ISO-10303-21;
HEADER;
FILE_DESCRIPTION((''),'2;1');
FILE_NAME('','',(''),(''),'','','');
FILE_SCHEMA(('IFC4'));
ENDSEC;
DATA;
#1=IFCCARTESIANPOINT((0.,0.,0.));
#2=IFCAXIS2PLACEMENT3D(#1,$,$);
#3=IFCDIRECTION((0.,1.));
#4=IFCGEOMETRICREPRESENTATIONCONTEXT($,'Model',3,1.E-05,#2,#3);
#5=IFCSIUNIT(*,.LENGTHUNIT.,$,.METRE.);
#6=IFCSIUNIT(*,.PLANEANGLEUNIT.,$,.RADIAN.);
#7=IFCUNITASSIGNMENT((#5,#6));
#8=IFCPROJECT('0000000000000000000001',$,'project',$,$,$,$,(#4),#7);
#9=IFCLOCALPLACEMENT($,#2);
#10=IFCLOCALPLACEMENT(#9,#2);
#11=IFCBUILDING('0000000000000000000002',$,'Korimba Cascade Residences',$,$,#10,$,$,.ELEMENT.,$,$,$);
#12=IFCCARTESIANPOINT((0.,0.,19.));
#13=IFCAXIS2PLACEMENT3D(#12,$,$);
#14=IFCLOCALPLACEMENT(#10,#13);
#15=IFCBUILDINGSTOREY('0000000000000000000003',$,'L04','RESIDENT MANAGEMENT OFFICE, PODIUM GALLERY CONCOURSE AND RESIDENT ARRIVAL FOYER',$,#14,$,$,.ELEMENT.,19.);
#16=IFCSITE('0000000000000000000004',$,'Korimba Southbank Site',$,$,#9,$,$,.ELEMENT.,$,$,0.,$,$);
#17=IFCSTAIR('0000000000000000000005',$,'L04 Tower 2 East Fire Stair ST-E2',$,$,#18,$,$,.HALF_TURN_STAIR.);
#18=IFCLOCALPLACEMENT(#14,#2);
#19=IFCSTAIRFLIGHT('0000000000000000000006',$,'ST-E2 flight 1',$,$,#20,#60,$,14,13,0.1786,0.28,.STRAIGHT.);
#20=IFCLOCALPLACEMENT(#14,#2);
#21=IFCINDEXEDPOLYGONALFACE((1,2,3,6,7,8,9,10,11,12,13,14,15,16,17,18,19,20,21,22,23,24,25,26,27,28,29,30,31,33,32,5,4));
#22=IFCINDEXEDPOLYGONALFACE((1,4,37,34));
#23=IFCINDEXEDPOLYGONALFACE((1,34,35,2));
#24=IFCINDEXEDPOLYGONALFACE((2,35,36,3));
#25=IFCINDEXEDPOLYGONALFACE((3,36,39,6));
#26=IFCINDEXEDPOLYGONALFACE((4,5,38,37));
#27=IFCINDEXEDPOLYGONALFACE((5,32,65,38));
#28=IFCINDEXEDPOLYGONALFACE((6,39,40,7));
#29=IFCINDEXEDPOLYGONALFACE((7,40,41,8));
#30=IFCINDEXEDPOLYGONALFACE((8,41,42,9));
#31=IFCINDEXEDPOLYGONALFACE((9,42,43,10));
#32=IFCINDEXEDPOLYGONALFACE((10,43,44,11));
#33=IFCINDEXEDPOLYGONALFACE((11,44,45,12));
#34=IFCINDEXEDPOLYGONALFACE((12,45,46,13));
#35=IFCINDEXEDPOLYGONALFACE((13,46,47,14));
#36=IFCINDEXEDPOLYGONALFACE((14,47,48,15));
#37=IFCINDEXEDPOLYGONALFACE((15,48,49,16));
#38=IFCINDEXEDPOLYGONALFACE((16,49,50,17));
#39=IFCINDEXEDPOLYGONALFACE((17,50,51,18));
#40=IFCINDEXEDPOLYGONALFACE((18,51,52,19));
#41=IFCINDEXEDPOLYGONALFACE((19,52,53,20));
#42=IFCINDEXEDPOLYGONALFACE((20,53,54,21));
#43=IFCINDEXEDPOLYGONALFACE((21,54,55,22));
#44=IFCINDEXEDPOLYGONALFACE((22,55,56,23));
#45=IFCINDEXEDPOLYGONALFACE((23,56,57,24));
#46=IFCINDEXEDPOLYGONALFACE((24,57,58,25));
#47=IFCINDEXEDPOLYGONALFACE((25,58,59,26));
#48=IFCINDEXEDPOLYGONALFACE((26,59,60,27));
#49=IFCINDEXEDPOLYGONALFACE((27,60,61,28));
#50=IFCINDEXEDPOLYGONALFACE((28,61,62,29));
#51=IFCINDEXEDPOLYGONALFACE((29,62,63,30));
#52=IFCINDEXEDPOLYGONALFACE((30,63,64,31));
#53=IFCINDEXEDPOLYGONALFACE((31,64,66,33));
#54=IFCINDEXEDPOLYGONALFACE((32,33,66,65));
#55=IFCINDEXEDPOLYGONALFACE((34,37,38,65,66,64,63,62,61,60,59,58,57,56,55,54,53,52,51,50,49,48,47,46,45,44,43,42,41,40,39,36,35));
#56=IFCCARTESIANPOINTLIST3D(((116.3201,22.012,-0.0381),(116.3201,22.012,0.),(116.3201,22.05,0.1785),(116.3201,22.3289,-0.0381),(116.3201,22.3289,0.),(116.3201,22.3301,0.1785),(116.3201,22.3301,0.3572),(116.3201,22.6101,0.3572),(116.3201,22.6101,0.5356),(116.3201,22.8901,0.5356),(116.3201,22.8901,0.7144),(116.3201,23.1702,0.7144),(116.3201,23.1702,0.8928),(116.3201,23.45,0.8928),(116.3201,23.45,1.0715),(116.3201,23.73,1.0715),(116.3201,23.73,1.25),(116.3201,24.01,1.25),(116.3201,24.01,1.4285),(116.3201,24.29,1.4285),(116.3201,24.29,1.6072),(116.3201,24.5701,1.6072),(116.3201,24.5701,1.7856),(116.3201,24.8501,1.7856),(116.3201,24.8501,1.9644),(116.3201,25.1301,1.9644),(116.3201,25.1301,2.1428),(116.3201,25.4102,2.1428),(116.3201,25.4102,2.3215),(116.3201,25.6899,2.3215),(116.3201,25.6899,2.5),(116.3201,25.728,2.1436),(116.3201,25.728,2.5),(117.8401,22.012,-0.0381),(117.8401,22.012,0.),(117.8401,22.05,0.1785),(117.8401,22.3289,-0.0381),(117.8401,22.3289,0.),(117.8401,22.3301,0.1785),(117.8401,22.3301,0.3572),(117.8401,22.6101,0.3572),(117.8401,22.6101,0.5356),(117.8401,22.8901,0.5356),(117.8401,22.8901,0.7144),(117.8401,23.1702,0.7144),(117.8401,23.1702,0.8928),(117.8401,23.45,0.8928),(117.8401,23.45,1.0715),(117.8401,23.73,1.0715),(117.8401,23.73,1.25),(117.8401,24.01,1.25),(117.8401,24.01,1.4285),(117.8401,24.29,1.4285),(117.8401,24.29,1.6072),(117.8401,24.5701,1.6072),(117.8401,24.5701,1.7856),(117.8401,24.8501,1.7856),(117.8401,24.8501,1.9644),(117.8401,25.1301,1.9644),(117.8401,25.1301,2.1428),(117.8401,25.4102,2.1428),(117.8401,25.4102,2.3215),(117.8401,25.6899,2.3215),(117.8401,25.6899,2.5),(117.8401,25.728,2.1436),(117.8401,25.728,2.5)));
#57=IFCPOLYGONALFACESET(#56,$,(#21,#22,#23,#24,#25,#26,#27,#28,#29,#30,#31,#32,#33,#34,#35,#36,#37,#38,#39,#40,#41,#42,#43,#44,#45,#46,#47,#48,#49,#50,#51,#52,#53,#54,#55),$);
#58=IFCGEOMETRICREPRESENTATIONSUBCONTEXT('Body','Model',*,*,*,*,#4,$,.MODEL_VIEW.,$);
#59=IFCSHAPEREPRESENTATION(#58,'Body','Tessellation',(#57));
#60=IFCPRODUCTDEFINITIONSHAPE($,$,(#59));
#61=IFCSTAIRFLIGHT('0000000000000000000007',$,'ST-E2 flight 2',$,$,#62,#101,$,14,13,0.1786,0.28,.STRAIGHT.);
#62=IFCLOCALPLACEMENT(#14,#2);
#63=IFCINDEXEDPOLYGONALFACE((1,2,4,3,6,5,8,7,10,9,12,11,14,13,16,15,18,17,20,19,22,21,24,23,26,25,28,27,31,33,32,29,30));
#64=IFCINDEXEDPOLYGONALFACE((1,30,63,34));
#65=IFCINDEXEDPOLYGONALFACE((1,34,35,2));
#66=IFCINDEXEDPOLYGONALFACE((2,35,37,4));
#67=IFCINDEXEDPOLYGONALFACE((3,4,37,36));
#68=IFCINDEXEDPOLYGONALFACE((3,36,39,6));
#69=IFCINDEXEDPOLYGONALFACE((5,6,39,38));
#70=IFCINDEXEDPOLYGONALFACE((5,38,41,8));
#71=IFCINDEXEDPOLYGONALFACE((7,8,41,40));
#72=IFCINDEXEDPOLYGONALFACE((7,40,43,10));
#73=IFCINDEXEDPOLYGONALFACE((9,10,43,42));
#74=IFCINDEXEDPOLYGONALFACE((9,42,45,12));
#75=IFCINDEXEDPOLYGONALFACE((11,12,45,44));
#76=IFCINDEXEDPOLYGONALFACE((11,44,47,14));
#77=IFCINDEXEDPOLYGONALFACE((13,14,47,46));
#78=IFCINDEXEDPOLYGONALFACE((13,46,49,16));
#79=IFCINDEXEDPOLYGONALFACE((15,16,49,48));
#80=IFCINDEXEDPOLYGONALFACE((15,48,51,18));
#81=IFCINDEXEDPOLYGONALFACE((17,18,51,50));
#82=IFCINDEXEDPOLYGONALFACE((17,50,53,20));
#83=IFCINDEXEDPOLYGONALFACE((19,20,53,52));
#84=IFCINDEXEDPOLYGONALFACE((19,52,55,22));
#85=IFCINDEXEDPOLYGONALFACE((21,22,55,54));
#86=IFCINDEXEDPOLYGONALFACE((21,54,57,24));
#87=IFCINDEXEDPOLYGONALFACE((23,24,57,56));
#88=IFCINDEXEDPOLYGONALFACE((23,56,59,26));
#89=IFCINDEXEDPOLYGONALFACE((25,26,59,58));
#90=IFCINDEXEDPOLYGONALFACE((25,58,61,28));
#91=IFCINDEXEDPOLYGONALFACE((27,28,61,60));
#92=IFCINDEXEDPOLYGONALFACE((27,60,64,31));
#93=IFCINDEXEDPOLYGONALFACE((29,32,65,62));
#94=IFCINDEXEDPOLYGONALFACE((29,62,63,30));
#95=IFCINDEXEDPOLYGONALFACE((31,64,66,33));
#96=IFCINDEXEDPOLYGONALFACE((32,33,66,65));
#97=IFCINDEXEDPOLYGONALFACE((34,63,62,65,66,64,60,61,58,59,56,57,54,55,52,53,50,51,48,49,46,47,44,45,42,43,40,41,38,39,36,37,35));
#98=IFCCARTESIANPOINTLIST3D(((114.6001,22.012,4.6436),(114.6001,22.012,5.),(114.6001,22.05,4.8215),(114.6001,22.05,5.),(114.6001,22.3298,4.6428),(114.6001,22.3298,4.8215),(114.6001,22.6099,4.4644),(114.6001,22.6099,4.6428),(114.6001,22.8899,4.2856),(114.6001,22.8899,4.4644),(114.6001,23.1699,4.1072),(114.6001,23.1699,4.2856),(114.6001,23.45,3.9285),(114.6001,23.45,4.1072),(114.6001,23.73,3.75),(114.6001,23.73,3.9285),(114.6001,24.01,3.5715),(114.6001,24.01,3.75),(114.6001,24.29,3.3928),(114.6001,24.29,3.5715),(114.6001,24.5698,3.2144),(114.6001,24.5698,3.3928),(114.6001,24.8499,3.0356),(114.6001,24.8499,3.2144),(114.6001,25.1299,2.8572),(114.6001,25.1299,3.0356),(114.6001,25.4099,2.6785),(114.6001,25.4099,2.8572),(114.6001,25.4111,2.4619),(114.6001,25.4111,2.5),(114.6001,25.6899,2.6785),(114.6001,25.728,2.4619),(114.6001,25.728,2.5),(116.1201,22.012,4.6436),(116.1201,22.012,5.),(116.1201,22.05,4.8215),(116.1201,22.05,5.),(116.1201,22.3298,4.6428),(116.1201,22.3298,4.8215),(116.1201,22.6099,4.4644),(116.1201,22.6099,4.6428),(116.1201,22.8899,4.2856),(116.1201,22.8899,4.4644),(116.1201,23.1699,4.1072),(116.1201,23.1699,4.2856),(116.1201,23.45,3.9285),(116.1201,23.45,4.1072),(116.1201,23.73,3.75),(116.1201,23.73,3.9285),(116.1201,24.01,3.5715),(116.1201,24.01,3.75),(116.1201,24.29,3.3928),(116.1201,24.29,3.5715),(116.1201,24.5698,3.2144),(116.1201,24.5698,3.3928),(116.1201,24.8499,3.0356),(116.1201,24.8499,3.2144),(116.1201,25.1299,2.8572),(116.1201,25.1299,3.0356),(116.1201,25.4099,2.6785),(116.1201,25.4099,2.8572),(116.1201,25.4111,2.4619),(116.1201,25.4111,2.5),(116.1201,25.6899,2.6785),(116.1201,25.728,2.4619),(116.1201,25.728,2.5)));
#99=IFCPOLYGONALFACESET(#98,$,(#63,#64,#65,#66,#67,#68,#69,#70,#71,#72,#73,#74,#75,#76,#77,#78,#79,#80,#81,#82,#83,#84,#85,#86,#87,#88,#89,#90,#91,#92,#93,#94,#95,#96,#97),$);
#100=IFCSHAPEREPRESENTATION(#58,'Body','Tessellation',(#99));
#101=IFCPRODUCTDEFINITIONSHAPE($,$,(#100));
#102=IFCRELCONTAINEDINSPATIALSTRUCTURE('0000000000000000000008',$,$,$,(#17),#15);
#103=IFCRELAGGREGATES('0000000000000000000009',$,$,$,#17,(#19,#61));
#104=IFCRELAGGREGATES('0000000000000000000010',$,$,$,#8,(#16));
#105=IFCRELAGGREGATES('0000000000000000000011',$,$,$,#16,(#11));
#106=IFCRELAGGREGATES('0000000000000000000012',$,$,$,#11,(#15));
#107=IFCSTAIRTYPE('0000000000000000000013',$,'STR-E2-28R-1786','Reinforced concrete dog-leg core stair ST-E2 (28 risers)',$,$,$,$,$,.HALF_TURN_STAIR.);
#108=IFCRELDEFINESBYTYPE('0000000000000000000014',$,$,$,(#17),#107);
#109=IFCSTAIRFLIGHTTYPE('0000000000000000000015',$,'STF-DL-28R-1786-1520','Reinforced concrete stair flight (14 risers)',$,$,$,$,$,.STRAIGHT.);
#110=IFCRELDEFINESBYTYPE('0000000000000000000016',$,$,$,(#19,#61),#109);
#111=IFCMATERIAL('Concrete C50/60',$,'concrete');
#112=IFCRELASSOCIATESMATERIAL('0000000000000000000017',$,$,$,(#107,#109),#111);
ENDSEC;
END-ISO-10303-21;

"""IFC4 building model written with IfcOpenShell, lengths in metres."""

from ifc_helpers import new_model, si_unit, direction, frame, origin, place, context, subcontext, project, spatial, polyline, outline, extrude, material, type_object, element, aggregate, save


model = new_model("IFC4")

# Units and contexts
model_context = context("Model", 3, precision=1e-05, world=origin(), true_north=direction((0.0, 1.0)))
body_context = subcontext(model_context, "Body", "Model", "MODEL_VIEW")
ifc_project = project(units=[si_unit("LENGTHUNIT", "METRE"), si_unit("PLANEANGLEUNIT", "RADIAN")], contexts=[model_context])

# Site, building, storey
site_placement = place(None, origin())
site = spatial("IfcSite", under=ifc_project, at=site_placement, Name="Korimba Southbank Site", CompositionType="ELEMENT", RefElevation=0.0)
building_placement = place(site_placement, origin())
building = spatial("IfcBuilding", under=site, at=building_placement, Name="Korimba Cascade Residences", CompositionType="ELEMENT")
storey_placement = place(building_placement, frame((0.0, 0.0, 19.0)))
storey = spatial("IfcBuildingStorey", under=building, at=storey_placement, Name="L04", Description="RESIDENT MANAGEMENT OFFICE, PODIUM GALLERY CONCOURSE AND RESIDENT ARRIVAL FOYER", CompositionType="ELEMENT", Elevation=19.0)

# Shared definitions
ifc_material_1 = material(Name="Concrete C50/60", Category="concrete")

# Stair, stair flights
stair_type = type_object("IfcStairType", Name="STR-E2-28R-1786", Description="Reinforced concrete dog-leg core stair ST-E2 (28 risers)", PredefinedType="HALF_TURN_STAIR", material=ifc_material_1)
stair_placement = place(storey_placement, origin())
stair = element("IfcStair", 1, at=stair_placement, inside=storey, type_object=stair_type, Name="L04 Tower 2 East Fire Stair ST-E2", PredefinedType="HALF_TURN_STAIR")
stair_flight_type = type_object("IfcStairFlightType", Name="STF-DL-28R-1786-1520", Description="Reinforced concrete stair flight (14 risers)", PredefinedType="STRAIGHT", material=ifc_material_1)
stair_flight_1_placement = place(storey_placement, frame((117.0801, 22.05, 0.0), z_axis=(0.0, 0.0, 1.0), x_axis=(0.0, 1.0, 0.0)))
stair_flight_1 = element("IfcStairFlight", 2, at=stair_flight_1_placement, type_object=stair_flight_type, Name="ST-E2 flight 1", NumberOfRisers=14, NumberOfTreads=13, PredefinedType="STRAIGHT", RiserHeight=0.1786, TreadLength=0.28, context=body_context, shape_type="SweptSolid", body=[
    extrude(outline(polyline([(-0.0381, 0.0), (0.0, 0.1785), (0.28, 0.1785), (0.28, 0.3572), (0.5601, 0.3572), (0.5601, 0.5356), (0.8401, 0.5356), (0.8401, 0.7144), (1.1201, 0.7144), (1.1201, 0.8928), (1.3999, 0.8928), (1.3999, 1.0715), (1.6799, 1.0715), (1.6799, 1.25), (1.96, 1.25), (1.96, 1.4285), (2.24, 1.4285), (2.24, 1.6072), (2.52, 1.6072), (2.52, 1.7856), (2.8, 1.7856), (2.8, 1.9644), (3.0801, 1.9644), (3.0801, 2.1428), (3.3601, 2.1428), (3.3601, 2.3215), (3.6399, 2.3215), (3.6399, 2.5), (3.678, 2.5), (3.678, 2.1436), (0.2788, 0.0), (0.2788, -0.0381), (-0.0381, -0.0381), (-0.0381, 0.0)])), frame((0.0, 0.76, 0.0), z_axis=(0.0, -1.0, 0.0), x_axis=(1.0, 0.0, 0.0)), (0.0, 0.0, 1.0), 1.52),
])
stair_flight_2_placement = place(storey_placement, frame((115.3601, 25.6899, 2.5), z_axis=(0.0, 0.0, 1.0), x_axis=(0.0, -1.0, 0.0)))
stair_flight_2 = element("IfcStairFlight", 3, at=stair_flight_2_placement, type_object=stair_flight_type, Name="ST-E2 flight 2", NumberOfRisers=14, NumberOfTreads=13, PredefinedType="STRAIGHT", RiserHeight=0.1786, TreadLength=0.28, context=body_context, shape_type="SweptSolid", body=[
    extrude(outline(polyline([(-0.0381, 0.0), (0.0, 0.1785), (0.28, 0.1785), (0.28, 0.3572), (0.5601, 0.3572), (0.5601, 0.5356), (0.8401, 0.5356), (0.8401, 0.7144), (1.1201, 0.7144), (1.1201, 0.8928), (1.3999, 0.8928), (1.3999, 1.0715), (1.6799, 1.0715), (1.6799, 1.25), (1.96, 1.25), (1.96, 1.4285), (2.24, 1.4285), (2.24, 1.6072), (2.52, 1.6072), (2.52, 1.7856), (2.8, 1.7856), (2.8, 1.9644), (3.0801, 1.9644), (3.0801, 2.1428), (3.3601, 2.1428), (3.3601, 2.3215), (3.6399, 2.3215), (3.6399, 2.5), (3.678, 2.5), (3.678, 2.1436), (0.2788, 0.0), (0.2788, -0.0381), (-0.0381, -0.0381), (-0.0381, 0.0)])), frame((0.0, 0.76, 0.0), z_axis=(0.0, -1.0, 0.0), x_axis=(1.0, 0.0, 0.0)), (0.0, 0.0, 1.0), 1.52),
])
aggregate(stair, [stair_flight_1, stair_flight_2])

save(model, "model.ifc")
